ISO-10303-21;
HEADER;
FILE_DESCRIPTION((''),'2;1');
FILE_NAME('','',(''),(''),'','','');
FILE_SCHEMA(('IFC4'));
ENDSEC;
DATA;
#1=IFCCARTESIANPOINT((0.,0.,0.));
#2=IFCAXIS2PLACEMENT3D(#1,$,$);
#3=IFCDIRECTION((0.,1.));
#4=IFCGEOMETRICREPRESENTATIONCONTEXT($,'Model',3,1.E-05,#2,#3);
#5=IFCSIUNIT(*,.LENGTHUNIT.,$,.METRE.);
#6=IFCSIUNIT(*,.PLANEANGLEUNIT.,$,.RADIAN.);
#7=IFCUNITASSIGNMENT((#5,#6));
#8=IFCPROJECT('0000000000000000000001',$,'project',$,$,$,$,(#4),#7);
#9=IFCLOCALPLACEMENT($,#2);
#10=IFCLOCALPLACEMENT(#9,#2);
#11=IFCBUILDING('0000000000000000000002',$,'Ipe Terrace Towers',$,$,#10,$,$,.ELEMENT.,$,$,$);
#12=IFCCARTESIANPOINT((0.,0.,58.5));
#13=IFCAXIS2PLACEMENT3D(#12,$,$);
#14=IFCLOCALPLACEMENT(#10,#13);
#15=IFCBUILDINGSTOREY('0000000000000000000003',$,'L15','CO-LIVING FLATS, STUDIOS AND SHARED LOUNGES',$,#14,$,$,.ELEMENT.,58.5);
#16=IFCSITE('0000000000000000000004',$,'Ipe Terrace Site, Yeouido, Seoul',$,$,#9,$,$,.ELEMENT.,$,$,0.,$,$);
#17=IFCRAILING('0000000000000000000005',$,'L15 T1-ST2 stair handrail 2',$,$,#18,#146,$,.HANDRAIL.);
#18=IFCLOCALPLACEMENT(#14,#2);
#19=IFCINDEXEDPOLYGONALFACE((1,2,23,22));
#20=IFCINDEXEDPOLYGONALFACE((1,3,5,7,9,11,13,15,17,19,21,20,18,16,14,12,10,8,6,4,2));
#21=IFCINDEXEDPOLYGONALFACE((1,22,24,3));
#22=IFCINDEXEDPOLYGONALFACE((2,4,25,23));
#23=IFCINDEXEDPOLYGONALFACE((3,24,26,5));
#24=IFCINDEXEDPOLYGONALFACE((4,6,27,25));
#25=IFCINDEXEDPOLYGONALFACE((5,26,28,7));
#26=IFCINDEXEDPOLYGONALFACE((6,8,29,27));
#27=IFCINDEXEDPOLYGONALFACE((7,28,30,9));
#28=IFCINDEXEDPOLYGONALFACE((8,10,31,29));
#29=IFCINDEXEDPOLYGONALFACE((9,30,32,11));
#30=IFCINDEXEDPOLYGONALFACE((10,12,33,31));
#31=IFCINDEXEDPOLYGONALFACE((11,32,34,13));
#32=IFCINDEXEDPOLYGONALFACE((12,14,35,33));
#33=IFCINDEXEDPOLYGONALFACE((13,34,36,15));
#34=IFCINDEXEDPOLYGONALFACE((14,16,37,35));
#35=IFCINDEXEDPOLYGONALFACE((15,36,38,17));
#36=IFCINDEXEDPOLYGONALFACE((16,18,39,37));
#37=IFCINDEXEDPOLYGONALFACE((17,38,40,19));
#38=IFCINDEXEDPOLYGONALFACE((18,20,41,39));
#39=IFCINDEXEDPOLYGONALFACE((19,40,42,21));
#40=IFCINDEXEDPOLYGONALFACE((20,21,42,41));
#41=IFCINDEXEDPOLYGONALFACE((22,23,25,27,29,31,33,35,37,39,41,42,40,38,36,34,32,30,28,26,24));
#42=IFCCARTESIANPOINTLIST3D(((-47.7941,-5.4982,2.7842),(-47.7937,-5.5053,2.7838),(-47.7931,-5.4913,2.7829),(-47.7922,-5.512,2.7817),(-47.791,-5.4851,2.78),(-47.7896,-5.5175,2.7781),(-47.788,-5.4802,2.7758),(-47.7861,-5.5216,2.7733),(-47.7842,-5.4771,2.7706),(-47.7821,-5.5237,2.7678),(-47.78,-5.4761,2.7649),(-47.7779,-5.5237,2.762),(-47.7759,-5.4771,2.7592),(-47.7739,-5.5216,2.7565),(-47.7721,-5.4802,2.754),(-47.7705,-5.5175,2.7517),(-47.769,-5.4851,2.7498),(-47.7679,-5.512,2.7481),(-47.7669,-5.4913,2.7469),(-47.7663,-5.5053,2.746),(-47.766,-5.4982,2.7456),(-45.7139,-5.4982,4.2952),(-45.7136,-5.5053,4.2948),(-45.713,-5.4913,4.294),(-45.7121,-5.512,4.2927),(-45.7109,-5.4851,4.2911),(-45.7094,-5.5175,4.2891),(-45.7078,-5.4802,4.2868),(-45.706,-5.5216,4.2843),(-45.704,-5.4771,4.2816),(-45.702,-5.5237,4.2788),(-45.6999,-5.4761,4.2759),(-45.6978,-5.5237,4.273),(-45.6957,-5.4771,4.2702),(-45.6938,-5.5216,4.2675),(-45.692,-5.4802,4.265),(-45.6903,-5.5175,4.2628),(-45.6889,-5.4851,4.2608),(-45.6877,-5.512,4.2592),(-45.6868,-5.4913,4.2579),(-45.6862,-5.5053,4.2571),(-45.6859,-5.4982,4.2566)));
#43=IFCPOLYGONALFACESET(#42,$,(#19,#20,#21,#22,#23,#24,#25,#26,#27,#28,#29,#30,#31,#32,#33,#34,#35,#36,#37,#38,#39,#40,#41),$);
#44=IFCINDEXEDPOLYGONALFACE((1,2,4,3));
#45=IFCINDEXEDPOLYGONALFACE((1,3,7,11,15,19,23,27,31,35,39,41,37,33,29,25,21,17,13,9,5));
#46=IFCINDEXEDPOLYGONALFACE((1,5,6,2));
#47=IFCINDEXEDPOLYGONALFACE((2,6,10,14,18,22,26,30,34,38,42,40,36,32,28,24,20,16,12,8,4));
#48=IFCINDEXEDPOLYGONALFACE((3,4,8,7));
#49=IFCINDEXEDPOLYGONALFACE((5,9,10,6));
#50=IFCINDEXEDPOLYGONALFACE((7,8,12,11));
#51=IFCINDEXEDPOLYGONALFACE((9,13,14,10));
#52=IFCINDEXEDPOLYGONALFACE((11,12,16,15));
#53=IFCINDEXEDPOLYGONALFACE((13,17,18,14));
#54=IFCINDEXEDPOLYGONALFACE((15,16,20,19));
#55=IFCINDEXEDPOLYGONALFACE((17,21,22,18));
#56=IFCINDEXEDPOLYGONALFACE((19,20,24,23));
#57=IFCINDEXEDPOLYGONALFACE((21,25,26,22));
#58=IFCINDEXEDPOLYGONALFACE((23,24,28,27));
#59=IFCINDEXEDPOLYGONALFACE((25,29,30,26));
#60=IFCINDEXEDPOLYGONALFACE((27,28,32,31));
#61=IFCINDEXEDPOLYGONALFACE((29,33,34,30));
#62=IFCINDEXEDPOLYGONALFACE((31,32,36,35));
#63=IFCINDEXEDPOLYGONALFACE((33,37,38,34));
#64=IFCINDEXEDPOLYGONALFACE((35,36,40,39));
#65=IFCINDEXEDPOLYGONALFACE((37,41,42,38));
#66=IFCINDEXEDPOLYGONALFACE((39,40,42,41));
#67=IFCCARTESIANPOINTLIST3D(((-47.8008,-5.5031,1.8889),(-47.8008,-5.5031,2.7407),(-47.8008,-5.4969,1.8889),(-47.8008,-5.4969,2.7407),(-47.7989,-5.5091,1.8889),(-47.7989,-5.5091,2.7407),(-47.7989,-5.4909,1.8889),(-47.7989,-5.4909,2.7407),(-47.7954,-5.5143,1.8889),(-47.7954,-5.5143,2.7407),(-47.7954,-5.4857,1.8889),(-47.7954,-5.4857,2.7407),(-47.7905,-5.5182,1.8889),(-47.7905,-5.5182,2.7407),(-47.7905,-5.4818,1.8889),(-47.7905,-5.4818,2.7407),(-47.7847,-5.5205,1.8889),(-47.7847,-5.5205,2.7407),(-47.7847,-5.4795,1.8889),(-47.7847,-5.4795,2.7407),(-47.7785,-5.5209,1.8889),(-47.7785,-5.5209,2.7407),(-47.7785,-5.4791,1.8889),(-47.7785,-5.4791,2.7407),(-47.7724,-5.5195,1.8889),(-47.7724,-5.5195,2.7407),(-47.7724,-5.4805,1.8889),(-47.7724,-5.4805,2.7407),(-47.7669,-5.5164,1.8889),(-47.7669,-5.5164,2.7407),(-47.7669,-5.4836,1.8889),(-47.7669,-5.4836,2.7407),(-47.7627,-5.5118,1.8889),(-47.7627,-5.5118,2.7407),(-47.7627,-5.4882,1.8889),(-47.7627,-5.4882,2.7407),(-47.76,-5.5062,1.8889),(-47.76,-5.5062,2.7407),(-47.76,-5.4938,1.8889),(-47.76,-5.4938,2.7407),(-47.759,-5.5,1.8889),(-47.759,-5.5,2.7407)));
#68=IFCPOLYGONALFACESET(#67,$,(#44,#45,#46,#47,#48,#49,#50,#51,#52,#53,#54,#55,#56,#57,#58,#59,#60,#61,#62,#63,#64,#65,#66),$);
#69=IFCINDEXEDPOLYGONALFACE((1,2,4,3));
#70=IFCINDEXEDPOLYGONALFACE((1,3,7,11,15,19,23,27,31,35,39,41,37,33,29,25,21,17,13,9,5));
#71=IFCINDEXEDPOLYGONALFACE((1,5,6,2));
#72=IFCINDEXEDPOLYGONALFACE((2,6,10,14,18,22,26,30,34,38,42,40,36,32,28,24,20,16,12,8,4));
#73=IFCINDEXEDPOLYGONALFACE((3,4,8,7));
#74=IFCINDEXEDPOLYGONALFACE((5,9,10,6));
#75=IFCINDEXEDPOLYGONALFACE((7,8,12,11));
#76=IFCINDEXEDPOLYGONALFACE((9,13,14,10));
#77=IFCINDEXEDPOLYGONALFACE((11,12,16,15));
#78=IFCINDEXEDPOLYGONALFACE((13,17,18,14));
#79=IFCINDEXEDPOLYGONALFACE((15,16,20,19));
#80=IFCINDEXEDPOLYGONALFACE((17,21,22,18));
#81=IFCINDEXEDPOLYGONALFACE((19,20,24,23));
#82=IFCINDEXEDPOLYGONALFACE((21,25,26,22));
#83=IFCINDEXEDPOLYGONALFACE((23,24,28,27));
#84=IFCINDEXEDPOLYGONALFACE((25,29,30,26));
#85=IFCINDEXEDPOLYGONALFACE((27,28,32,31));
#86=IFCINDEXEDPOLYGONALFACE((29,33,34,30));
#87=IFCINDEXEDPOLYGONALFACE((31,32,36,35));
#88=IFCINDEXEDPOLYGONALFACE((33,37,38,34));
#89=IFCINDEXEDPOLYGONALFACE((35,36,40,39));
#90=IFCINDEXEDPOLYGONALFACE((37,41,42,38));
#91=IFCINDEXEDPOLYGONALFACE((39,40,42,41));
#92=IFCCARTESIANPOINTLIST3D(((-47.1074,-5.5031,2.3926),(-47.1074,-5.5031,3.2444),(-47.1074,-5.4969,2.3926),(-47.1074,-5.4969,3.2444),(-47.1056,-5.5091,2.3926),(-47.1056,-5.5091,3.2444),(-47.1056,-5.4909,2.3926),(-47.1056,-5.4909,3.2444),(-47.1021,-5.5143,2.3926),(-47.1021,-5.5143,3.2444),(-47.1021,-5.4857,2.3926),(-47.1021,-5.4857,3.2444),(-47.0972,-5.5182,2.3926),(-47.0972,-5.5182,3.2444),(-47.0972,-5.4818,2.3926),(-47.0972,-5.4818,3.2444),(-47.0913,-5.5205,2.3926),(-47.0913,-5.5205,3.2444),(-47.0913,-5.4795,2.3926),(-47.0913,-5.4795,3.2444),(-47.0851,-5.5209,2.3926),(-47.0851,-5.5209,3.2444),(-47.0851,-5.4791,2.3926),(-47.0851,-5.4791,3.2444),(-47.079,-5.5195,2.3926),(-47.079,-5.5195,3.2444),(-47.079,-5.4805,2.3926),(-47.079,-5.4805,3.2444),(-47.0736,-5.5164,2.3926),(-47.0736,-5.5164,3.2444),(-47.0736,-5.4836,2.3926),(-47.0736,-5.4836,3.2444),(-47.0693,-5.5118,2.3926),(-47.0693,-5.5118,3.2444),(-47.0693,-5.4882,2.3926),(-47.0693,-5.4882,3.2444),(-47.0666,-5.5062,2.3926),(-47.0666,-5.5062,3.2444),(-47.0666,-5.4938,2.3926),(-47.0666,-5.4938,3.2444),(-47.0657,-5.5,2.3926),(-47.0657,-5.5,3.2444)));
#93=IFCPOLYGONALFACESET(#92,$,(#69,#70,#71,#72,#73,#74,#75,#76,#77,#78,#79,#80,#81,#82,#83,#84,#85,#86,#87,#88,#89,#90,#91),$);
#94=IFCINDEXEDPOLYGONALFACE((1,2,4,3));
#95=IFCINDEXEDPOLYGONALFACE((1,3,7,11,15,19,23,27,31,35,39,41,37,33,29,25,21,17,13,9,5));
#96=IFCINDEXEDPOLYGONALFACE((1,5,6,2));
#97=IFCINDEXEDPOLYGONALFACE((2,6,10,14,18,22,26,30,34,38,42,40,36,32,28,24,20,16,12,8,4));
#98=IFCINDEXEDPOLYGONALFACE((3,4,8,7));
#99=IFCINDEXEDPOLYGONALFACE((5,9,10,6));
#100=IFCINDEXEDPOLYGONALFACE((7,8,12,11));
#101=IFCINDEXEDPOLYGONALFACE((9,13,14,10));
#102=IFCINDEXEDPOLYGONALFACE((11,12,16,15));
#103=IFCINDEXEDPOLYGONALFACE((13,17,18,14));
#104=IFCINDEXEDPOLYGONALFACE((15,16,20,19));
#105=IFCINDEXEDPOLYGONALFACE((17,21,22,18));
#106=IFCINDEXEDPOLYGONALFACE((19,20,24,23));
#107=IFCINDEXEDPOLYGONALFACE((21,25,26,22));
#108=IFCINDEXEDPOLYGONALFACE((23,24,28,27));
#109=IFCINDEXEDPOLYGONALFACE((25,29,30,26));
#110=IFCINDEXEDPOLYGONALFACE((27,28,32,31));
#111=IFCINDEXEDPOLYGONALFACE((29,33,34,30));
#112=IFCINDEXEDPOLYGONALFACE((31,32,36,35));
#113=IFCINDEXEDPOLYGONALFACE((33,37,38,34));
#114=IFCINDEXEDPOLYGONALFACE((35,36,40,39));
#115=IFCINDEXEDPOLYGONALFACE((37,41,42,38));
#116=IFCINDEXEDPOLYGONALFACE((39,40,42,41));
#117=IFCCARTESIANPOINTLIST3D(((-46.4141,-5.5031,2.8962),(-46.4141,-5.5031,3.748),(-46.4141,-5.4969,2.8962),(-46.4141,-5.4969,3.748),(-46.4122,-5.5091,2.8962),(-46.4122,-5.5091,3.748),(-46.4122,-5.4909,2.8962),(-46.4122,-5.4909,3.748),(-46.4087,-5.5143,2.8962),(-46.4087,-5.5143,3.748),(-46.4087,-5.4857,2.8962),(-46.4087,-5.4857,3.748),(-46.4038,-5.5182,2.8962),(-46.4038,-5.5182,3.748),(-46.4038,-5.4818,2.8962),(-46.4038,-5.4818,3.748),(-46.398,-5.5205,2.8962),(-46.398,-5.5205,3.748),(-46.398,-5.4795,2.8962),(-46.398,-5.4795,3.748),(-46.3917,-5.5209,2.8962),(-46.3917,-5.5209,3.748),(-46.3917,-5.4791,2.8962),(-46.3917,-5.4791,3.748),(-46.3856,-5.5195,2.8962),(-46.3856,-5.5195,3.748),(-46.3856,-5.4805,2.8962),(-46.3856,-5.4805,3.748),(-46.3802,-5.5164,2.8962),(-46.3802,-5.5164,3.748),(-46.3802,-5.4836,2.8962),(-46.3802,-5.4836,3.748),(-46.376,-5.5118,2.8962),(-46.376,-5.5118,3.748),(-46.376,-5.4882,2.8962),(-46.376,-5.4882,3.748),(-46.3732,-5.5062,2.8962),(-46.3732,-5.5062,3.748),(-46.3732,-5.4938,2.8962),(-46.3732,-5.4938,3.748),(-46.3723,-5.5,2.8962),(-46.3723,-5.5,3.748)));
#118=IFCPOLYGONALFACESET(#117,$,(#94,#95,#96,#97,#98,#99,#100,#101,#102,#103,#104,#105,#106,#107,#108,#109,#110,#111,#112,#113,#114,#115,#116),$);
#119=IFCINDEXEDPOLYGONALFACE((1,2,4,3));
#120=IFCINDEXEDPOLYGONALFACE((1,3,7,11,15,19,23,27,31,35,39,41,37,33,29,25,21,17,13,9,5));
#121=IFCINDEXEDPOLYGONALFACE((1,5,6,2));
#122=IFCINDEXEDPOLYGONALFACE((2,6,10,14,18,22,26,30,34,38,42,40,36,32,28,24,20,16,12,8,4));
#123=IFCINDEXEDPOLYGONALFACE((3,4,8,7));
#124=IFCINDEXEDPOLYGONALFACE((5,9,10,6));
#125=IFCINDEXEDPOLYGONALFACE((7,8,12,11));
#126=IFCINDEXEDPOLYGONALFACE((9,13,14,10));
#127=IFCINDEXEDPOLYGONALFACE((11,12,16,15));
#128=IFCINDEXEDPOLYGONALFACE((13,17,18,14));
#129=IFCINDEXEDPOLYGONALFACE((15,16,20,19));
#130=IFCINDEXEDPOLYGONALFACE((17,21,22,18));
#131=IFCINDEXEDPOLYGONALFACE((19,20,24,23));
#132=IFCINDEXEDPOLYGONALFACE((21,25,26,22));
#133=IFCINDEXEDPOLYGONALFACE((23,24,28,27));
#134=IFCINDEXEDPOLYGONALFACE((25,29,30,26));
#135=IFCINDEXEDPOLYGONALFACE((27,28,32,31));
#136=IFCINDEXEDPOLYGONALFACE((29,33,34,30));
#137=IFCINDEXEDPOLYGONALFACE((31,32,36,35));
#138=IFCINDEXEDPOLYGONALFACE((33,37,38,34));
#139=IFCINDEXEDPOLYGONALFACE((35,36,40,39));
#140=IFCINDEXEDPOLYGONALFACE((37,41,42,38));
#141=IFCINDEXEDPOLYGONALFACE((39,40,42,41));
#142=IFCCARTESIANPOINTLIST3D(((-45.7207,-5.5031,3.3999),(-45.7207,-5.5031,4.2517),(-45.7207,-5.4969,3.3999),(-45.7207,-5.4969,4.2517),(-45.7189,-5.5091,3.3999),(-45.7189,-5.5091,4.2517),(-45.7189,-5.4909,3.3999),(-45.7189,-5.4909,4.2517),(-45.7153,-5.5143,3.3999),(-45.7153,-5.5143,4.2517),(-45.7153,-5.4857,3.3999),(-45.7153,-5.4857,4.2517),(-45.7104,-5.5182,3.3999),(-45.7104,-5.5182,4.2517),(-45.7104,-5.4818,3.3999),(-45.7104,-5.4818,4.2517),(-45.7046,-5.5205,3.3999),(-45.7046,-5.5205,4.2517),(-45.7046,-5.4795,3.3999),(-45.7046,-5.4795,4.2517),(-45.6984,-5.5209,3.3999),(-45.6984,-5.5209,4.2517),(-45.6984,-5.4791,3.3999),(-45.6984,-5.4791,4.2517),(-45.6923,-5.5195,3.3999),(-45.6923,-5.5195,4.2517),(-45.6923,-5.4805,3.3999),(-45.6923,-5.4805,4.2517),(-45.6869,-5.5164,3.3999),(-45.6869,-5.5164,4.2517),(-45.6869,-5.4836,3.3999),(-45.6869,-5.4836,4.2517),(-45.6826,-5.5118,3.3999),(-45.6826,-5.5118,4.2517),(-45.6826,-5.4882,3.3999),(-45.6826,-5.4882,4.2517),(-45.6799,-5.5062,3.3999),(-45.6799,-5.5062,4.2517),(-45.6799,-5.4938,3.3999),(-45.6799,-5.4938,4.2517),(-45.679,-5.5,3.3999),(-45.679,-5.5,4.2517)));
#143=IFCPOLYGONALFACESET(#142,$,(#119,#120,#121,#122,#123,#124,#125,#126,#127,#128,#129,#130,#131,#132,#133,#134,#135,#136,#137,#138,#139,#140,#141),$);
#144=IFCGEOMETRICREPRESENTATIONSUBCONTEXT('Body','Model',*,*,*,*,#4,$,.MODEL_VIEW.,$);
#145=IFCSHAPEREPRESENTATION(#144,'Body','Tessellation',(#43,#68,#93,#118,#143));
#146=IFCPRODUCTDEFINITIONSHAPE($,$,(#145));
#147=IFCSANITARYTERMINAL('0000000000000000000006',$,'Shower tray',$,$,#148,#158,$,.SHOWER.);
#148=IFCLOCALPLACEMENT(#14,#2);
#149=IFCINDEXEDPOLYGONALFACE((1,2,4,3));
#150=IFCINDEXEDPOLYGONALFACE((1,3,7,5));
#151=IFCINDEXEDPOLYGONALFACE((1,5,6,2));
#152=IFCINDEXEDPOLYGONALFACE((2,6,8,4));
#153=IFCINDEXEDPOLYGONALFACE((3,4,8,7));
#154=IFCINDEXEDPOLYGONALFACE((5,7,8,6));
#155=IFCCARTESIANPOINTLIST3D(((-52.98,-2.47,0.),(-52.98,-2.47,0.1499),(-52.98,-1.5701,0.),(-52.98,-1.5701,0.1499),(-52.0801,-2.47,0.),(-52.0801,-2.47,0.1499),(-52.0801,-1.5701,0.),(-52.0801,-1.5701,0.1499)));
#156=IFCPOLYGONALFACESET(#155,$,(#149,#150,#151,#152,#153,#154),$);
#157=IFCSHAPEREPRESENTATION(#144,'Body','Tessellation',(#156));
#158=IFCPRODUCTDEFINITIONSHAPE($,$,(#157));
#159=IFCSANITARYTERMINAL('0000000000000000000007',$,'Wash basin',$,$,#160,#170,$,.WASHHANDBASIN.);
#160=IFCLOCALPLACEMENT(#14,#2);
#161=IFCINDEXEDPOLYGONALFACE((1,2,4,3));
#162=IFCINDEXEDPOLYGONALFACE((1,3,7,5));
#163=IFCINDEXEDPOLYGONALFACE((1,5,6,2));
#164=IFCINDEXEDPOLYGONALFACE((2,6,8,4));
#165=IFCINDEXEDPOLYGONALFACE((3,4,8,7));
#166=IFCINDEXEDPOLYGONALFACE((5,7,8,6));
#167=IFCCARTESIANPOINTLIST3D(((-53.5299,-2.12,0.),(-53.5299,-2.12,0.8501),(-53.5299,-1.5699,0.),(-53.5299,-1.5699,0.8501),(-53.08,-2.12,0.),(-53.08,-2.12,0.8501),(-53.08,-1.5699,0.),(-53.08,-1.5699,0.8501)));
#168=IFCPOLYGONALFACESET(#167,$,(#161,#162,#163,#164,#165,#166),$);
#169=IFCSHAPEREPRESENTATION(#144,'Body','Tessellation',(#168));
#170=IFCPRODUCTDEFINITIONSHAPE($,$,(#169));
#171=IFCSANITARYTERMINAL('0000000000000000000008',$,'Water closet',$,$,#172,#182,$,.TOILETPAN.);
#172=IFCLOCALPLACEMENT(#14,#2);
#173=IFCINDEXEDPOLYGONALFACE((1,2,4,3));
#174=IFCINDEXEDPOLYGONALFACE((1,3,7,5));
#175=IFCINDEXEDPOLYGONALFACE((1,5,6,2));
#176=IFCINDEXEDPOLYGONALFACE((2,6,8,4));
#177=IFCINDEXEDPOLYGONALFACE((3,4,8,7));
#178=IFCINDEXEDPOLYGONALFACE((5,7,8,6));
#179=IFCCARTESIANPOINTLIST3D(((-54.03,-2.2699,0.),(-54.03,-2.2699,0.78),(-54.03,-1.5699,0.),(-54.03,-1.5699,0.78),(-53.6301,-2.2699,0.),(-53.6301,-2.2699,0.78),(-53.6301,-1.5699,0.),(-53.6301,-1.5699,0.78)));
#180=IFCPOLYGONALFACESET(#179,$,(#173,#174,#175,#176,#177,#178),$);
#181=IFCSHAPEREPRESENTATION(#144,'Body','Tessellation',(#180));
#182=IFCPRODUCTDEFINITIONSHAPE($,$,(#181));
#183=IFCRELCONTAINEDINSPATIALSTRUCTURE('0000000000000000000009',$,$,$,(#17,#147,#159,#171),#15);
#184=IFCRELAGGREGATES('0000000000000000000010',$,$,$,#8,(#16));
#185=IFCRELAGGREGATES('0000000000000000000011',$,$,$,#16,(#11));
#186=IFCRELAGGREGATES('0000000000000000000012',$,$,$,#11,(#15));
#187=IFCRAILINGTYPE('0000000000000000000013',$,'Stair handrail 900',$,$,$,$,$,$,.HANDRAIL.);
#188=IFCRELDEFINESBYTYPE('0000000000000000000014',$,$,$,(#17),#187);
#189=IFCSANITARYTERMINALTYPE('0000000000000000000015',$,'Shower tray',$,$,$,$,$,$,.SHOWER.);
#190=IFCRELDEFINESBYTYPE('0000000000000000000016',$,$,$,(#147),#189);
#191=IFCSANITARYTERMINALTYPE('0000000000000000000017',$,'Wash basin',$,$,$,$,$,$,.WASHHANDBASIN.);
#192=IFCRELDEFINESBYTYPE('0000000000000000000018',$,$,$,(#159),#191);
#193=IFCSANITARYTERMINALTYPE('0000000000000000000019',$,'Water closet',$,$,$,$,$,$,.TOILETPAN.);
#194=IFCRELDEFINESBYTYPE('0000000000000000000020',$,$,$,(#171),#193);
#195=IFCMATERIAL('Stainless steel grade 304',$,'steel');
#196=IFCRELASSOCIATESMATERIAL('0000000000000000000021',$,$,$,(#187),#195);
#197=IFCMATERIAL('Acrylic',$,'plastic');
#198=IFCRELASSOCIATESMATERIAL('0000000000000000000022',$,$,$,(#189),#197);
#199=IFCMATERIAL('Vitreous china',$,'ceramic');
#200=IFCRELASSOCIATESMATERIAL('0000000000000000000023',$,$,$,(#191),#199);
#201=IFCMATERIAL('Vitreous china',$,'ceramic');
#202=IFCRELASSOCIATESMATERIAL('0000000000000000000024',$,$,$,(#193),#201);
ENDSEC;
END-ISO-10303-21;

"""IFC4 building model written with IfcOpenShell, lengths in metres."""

from ifc_helpers import new_model, si_unit, direction, frame, origin, origin_2d, place, context, subcontext, project, spatial, rectangle, circle, extrude, material, type_object, element, save


model = new_model("IFC4")

# Units and contexts
model_context = context("Model", 3, precision=1e-05, world=origin(), true_north=direction((0.0, 1.0)))
body_context = subcontext(model_context, "Body", "Model", "MODEL_VIEW")
ifc_project = project(units=[si_unit("LENGTHUNIT", "METRE"), si_unit("PLANEANGLEUNIT", "RADIAN")], contexts=[model_context])

# Site, building, storey
site_placement = place(None, origin())
site = spatial("IfcSite", under=ifc_project, at=site_placement, Name="Ipe Terrace Site, Yeouido, Seoul", CompositionType="ELEMENT", RefElevation=0.0)
building_placement = place(site_placement, origin())
building = spatial("IfcBuilding", under=site, at=building_placement, Name="Ipe Terrace Towers", CompositionType="ELEMENT")
storey_placement = place(building_placement, frame((0.0, 0.0, 58.5)))
storey = spatial("IfcBuildingStorey", under=building, at=storey_placement, Name="L15", Description="CO-LIVING FLATS, STUDIOS AND SHARED LOUNGES", CompositionType="ELEMENT", Elevation=58.5)

# Railing
ifc_material_1 = material(Name="Stainless steel grade 304", Category="steel")
railing_type_1 = type_object("IfcRailingType", Name="Stair handrail 900", PredefinedType="HANDRAIL", material=ifc_material_1)
railing_1_placement = place(storey_placement, frame((-47.78, -5.5, 1.8889)))
element("IfcRailing", 1, at=railing_1_placement, inside=storey, type_object=railing_type_1, Name="L15 T1-ST2 stair handrail 2", PredefinedType="HANDRAIL", context=body_context, shape_type="SweptSolid", body=[
    extrude(circle(Radius=0.0239, at=origin_2d()), frame((0.0, 0.0, 0.876), z_axis=(0.809069, 0.0, 0.587714), x_axis=(0.0, 1.0, 0.0)), (0.0, 0.0, 1.0), 2.571),
    extrude(circle(Radius=0.021, at=origin_2d()), origin(), (0.0, 0.0, 1.0), 0.8518),
    extrude(circle(Radius=0.021, at=origin_2d()), frame((0.6934, 0.0, 0.5037)), (0.0, 0.0, 1.0), 0.8518),
    extrude(circle(Radius=0.021, at=origin_2d()), frame((1.3867, 0.0, 1.0073)), (0.0, 0.0, 1.0), 0.8518),
    extrude(circle(Radius=0.021, at=origin_2d()), frame((2.0801, 0.0, 1.511)), (0.0, 0.0, 1.0), 0.8518),
])

# Sanitary terminals
ifc_material_2 = material(Name="Acrylic", Category="plastic")
sanitary_terminal_type_1 = type_object("IfcSanitaryTerminalType", Name="Shower tray", PredefinedType="SHOWER", material=ifc_material_2)
sanitary_terminal_1_placement = place(storey_placement, frame((-52.53, -2.02, 0.0), z_axis=(0.0, 0.0, 1.0), x_axis=(0.0, -1.0, 0.0)))
element("IfcSanitaryTerminal", 2, at=sanitary_terminal_1_placement, inside=storey, type_object=sanitary_terminal_type_1, Name="Shower tray", PredefinedType="SHOWER", context=body_context, shape_type="SweptSolid", body=[
    extrude(rectangle(XDim=0.8999, YDim=0.8999, at=origin_2d()), origin(), (0.0, 0.0, 1.0), 0.1499),
])
ifc_material_3 = material(Name="Vitreous china", Category="ceramic")
sanitary_terminal_type_2 = type_object("IfcSanitaryTerminalType", Name="Wash basin", PredefinedType="WASHHANDBASIN", material=ifc_material_3)
sanitary_terminal_2_placement = place(storey_placement, frame((-53.3049, -1.845, 0.0), z_axis=(0.0, 0.0, 1.0), x_axis=(0.0, -1.0, 0.0)))
element("IfcSanitaryTerminal", 3, at=sanitary_terminal_2_placement, inside=storey, type_object=sanitary_terminal_type_2, Name="Wash basin", PredefinedType="WASHHANDBASIN", context=body_context, shape_type="SweptSolid", body=[
    extrude(rectangle(XDim=0.55, YDim=0.45, at=origin_2d()), origin(), (0.0, 0.0, 1.0), 0.8501),
])
ifc_material_4 = material(Name="Vitreous china", Category="ceramic")
sanitary_terminal_type_3 = type_object("IfcSanitaryTerminalType", Name="Water closet", PredefinedType="TOILETPAN", material=ifc_material_4)
sanitary_terminal_3_placement = place(storey_placement, frame((-53.8301, -1.9199, 0.0), z_axis=(0.0, 0.0, 1.0), x_axis=(0.0, -1.0, 0.0)))
element("IfcSanitaryTerminal", 4, at=sanitary_terminal_3_placement, inside=storey, type_object=sanitary_terminal_type_3, Name="Water closet", PredefinedType="TOILETPAN", context=body_context, shape_type="SweptSolid", body=[
    extrude(rectangle(XDim=0.7, YDim=0.3999, at=origin_2d()), origin(), (0.0, 0.0, 1.0), 0.78),
])

save(model, "model.ifc")
